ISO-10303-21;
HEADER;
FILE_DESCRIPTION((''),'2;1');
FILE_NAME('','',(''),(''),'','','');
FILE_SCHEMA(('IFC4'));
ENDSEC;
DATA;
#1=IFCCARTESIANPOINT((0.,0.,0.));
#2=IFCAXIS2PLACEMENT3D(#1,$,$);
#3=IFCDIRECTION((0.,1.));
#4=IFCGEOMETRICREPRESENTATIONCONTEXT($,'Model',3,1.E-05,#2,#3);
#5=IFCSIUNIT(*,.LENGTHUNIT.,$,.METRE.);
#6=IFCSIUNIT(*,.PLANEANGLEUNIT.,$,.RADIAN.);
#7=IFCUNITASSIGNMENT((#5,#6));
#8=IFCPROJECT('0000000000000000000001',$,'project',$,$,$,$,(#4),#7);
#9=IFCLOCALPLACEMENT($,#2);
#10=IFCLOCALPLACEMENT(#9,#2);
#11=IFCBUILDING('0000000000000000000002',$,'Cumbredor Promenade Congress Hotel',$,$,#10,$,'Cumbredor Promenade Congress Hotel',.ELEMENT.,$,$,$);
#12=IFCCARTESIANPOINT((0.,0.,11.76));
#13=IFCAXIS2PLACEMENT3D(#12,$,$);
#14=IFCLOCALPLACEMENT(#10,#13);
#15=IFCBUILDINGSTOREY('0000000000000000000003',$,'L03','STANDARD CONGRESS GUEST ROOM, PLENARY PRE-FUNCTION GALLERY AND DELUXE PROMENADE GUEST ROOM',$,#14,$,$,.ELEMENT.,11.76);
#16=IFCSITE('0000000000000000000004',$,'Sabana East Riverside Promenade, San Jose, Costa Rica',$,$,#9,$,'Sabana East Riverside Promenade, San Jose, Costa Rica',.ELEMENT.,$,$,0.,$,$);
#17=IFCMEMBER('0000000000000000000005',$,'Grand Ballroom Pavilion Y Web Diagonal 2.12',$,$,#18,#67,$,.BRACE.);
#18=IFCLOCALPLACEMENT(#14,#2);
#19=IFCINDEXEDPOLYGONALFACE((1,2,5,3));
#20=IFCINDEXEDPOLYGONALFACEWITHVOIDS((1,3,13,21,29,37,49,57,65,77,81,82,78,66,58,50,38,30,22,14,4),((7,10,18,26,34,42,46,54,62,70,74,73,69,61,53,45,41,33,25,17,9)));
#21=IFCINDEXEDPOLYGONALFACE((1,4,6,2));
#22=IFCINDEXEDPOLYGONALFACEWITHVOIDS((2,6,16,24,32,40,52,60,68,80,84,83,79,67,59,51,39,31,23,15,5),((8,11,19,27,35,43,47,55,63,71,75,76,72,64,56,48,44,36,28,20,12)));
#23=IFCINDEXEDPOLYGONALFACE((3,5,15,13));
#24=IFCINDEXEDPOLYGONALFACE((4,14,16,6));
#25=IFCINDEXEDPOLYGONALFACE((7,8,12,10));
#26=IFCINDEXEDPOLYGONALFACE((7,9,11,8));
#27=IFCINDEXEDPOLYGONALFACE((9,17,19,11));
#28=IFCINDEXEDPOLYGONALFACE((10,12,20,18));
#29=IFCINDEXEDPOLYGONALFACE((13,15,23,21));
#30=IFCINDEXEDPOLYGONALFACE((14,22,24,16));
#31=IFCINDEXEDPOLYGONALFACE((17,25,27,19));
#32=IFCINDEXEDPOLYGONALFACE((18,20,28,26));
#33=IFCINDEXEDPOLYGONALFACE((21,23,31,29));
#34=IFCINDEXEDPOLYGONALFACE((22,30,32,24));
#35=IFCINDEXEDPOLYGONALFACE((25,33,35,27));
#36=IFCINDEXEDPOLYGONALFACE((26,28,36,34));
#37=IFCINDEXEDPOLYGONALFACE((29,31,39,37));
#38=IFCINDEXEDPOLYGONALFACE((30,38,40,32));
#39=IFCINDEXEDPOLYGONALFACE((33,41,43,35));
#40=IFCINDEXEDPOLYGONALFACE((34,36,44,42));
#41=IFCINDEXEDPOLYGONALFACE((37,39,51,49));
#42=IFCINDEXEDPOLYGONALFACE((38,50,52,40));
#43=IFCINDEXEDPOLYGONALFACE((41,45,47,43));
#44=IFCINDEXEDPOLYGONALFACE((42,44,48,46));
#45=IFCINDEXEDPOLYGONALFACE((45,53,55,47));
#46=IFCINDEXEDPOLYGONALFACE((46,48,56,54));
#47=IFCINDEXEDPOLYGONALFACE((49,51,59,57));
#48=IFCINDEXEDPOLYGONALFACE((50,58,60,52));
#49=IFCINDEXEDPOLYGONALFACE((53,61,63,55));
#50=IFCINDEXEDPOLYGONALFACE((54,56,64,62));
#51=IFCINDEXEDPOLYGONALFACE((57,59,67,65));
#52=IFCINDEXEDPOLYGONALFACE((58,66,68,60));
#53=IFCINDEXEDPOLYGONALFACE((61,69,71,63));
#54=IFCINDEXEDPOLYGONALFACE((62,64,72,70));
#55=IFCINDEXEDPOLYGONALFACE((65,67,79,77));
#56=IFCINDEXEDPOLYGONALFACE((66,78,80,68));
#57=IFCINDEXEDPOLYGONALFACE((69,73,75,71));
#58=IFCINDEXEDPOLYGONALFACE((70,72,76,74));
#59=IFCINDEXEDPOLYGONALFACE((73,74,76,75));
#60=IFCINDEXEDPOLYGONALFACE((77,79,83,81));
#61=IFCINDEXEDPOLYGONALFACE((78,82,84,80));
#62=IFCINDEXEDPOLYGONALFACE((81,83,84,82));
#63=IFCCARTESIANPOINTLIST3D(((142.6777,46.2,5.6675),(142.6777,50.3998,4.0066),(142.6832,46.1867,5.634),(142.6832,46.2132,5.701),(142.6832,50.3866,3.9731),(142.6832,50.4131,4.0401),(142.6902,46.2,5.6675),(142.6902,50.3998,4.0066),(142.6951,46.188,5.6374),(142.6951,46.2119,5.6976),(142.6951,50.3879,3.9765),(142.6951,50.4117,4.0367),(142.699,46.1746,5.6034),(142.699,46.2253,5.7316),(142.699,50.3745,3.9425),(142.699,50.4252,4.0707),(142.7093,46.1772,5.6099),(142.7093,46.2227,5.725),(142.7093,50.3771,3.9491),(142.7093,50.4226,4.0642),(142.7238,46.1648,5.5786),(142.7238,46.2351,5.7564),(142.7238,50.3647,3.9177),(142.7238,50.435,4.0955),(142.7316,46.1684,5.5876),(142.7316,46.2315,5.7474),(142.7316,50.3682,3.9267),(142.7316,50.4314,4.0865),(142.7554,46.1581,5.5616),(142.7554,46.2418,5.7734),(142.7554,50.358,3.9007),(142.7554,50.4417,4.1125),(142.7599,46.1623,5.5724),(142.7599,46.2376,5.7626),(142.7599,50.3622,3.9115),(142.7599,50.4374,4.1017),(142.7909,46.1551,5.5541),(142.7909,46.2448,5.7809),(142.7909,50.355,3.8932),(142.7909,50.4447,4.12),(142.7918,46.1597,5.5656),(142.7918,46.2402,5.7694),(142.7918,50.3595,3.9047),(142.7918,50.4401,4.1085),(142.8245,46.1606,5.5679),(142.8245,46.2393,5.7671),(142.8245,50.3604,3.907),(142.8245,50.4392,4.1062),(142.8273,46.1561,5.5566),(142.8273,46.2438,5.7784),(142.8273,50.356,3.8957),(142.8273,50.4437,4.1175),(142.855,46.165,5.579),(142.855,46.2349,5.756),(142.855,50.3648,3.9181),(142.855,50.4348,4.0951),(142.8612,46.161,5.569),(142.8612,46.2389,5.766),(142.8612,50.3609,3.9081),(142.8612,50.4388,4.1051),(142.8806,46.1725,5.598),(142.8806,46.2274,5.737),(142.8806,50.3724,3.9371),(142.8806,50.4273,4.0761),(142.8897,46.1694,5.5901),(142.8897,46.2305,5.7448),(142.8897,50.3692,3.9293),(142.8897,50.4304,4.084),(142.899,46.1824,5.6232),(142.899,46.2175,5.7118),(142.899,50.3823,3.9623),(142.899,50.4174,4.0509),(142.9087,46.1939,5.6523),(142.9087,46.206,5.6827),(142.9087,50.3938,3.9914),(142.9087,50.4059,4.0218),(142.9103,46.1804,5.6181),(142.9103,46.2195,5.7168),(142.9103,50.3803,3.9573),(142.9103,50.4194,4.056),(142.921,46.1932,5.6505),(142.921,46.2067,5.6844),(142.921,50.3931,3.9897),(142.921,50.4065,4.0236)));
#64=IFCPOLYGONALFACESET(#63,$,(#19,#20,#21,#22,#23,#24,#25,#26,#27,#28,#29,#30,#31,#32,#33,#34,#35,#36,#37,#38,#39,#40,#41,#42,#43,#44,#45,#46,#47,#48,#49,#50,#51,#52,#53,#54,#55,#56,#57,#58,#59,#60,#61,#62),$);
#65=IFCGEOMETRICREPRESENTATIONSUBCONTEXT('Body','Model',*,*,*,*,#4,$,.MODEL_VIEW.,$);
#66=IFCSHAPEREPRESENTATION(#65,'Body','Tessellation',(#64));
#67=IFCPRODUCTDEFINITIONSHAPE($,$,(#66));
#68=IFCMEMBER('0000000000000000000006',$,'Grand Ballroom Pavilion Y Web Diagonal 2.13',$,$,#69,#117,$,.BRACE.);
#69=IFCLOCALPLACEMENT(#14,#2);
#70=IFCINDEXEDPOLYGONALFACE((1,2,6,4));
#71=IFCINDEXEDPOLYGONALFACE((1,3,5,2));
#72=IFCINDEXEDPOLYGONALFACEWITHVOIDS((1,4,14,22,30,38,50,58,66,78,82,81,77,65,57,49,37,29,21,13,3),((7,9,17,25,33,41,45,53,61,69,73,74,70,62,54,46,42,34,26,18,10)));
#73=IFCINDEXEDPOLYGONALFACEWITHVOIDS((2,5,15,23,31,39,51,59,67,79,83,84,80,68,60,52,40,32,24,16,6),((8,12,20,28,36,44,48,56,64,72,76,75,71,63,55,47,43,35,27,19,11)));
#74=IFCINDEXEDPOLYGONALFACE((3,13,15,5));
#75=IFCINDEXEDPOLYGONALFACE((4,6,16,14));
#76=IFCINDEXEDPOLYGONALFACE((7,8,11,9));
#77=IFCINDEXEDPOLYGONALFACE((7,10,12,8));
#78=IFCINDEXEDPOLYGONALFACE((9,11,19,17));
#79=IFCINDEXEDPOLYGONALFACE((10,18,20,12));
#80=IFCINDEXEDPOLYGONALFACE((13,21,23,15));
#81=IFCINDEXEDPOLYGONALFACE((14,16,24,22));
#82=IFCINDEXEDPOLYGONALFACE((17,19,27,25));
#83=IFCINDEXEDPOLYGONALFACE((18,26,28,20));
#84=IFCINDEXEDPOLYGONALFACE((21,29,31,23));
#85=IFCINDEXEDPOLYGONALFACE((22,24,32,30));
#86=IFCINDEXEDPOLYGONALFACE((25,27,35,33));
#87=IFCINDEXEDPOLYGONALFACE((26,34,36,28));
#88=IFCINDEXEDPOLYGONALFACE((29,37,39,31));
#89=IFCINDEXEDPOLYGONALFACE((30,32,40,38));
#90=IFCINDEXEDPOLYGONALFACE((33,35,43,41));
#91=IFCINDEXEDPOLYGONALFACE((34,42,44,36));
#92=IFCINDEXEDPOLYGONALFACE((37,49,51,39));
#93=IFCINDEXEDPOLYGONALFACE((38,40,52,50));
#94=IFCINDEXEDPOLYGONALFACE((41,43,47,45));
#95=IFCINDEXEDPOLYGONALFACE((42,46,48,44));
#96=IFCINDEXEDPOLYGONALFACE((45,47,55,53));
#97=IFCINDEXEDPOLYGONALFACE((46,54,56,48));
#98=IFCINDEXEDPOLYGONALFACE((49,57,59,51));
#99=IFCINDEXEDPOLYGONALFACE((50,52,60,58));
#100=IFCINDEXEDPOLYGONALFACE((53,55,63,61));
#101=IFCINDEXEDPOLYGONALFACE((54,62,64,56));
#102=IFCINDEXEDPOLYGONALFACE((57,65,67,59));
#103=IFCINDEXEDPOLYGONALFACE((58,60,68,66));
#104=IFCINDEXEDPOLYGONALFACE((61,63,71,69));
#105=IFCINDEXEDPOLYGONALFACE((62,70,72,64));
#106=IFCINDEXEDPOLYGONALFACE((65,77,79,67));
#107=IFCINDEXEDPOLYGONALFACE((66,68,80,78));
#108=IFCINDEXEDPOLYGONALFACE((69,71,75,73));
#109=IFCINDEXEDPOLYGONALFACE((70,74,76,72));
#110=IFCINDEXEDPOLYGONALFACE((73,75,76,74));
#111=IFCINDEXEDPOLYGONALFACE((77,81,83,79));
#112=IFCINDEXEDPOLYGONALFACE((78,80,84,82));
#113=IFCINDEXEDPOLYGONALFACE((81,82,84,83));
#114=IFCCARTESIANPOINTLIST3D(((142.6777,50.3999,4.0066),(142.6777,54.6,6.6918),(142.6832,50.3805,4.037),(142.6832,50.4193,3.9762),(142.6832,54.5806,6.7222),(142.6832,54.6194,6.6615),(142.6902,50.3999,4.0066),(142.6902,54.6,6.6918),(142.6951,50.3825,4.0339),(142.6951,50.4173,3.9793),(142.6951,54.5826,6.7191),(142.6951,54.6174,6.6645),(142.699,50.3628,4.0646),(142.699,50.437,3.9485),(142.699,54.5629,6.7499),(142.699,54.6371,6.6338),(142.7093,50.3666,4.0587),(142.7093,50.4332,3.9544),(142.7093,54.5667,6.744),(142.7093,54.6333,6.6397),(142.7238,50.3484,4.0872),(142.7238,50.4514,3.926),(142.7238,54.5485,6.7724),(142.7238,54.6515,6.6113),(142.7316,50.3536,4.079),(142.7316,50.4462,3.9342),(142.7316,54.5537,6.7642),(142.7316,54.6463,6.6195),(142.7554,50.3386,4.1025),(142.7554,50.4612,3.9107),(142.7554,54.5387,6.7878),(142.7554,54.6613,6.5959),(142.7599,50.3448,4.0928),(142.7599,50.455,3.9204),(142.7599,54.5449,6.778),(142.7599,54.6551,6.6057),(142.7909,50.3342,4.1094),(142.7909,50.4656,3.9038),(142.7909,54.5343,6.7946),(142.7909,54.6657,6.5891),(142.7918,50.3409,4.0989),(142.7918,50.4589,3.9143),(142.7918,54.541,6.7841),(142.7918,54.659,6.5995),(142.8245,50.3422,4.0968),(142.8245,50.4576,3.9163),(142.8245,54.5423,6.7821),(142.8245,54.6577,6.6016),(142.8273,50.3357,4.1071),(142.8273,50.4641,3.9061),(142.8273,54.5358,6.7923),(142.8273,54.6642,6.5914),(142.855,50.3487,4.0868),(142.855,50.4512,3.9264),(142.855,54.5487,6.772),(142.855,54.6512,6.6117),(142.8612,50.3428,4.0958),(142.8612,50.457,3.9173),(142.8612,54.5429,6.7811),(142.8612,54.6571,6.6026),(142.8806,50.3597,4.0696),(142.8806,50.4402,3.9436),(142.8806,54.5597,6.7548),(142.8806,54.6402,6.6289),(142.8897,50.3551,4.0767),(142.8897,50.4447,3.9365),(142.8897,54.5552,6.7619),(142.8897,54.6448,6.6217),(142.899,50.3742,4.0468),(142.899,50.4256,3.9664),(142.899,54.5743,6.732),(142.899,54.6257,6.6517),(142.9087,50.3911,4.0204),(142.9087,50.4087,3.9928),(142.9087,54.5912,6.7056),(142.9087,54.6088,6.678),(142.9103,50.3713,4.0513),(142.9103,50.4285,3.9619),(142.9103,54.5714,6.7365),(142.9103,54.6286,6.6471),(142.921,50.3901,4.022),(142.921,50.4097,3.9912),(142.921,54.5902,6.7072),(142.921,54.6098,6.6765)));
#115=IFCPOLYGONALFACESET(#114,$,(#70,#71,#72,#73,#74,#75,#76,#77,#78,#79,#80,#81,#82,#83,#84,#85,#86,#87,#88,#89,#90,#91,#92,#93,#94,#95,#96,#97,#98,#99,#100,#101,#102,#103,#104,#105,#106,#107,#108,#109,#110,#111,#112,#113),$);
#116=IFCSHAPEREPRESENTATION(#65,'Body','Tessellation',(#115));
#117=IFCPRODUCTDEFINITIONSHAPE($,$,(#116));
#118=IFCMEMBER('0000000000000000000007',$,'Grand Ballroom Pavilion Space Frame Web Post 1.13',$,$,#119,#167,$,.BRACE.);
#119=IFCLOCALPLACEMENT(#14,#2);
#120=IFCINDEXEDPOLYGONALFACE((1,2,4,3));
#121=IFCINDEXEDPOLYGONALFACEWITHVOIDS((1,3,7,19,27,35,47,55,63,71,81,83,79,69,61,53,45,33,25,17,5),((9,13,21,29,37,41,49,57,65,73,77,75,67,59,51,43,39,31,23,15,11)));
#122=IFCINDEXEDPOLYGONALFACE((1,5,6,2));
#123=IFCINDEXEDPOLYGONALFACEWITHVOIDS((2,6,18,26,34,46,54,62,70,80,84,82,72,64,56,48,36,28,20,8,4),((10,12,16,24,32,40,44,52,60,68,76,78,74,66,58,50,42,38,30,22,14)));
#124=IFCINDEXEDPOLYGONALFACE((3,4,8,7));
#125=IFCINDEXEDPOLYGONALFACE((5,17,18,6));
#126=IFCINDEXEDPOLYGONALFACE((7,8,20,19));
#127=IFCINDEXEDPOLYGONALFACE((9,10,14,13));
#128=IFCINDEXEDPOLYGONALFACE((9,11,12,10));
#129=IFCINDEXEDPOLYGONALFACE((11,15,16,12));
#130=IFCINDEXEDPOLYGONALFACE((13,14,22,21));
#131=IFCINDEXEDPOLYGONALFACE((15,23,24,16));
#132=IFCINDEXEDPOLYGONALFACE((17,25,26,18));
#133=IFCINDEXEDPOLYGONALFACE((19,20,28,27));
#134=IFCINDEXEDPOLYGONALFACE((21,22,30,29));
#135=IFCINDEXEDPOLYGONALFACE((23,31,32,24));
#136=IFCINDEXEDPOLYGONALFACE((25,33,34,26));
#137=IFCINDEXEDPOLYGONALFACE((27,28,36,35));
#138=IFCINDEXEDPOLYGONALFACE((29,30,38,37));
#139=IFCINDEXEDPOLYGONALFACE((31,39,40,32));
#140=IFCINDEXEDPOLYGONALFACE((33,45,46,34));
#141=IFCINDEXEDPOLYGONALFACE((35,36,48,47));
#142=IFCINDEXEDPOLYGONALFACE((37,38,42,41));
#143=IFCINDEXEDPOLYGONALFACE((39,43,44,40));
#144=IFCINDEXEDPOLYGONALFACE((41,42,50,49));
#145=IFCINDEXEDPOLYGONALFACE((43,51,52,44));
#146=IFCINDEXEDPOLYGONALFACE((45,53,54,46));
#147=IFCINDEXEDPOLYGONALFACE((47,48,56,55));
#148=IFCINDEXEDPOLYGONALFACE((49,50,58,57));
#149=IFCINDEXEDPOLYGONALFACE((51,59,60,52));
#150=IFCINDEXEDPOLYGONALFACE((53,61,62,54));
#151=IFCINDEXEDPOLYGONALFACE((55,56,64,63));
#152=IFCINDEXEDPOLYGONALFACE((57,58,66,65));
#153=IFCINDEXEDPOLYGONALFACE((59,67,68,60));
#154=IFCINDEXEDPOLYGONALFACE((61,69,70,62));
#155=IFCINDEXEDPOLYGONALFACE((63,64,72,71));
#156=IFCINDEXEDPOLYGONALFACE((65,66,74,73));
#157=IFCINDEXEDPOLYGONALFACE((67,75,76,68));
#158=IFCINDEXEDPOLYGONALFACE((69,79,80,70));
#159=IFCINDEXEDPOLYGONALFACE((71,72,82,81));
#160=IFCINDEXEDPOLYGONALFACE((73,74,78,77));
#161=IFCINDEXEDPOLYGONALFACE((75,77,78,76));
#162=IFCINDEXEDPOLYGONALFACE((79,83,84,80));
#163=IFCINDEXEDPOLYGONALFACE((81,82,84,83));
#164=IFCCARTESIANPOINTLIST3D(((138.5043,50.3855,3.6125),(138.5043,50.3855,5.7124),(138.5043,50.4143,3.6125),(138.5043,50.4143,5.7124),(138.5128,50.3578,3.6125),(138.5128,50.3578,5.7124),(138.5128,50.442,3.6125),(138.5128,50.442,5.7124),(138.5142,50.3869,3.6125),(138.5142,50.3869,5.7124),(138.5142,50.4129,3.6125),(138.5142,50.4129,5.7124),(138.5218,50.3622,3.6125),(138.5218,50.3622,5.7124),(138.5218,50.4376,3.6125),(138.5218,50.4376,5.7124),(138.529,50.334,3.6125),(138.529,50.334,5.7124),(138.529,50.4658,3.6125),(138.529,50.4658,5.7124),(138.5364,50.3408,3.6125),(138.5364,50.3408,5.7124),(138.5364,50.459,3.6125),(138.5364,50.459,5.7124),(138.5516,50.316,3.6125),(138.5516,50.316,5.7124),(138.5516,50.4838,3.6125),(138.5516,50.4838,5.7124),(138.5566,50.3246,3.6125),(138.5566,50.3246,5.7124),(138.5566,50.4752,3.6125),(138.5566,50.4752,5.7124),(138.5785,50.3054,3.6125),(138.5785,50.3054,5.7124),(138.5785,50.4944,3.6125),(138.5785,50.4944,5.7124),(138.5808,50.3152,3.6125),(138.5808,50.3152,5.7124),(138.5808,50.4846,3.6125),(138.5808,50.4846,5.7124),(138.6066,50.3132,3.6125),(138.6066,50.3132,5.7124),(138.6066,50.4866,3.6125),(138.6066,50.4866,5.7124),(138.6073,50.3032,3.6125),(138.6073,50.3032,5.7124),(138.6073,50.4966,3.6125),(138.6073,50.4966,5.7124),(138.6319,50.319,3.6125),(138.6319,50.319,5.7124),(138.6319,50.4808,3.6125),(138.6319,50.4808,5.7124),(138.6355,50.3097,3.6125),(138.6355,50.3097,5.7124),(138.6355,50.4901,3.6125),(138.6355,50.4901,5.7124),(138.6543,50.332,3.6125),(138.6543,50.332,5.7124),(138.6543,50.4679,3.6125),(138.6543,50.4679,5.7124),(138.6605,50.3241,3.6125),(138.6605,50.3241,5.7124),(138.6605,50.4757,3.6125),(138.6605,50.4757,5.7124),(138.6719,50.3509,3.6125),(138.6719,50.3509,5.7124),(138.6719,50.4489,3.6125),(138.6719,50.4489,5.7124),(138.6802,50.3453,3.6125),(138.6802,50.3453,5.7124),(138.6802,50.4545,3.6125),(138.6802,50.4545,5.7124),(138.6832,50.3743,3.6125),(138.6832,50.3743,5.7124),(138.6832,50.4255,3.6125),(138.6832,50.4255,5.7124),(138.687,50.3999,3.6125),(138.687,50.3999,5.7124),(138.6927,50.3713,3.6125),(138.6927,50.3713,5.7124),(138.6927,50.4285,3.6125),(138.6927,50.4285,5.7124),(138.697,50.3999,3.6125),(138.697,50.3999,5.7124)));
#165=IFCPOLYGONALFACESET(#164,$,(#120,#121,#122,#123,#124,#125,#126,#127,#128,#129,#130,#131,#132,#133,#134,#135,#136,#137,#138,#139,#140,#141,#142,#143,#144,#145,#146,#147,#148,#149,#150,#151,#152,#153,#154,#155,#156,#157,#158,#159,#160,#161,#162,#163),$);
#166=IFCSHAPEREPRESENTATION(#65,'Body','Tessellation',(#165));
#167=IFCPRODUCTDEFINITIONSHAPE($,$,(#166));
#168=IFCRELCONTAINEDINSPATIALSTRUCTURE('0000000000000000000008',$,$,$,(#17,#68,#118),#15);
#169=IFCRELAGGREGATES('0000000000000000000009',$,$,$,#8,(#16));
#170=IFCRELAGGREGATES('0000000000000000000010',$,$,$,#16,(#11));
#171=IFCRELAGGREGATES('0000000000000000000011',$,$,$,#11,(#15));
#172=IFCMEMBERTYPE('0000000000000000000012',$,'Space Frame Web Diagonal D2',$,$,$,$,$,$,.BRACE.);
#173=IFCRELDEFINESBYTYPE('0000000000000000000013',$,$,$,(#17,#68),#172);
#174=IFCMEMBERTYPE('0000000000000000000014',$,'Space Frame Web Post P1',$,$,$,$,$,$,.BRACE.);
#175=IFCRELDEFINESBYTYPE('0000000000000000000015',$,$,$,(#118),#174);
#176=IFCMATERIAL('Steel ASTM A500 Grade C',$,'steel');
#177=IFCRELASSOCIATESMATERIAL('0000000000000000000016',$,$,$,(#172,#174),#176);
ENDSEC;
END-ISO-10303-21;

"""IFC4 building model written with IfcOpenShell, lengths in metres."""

from ifc_helpers import new_model, si_unit, direction, frame, origin, origin_2d, place, context, subcontext, project, spatial, hollow_circle, extrude, material, material_profile, profile_set, type_object, element, save


model = new_model("IFC4")

# Units and contexts
model_context = context("Model", 3, precision=1e-05, world=origin(), true_north=direction((0.0, 1.0)))
body_context = subcontext(model_context, "Body", "Model", "MODEL_VIEW")
ifc_project = project(units=[si_unit("LENGTHUNIT", "METRE"), si_unit("PLANEANGLEUNIT", "RADIAN")], contexts=[model_context])

# Site, building, storey
site_placement = place(None, origin())
site = spatial("IfcSite", under=ifc_project, at=site_placement, Name="Sabana East Riverside Promenade, San Jose, Costa Rica", LongName="Sabana East Riverside Promenade, San Jose, Costa Rica", CompositionType="ELEMENT", RefElevation=0.0)
building_placement = place(site_placement, origin())
building = spatial("IfcBuilding", under=site, at=building_placement, Name="Cumbredor Promenade Congress Hotel", LongName="Cumbredor Promenade Congress Hotel", CompositionType="ELEMENT")
storey_placement = place(building_placement, frame((0.0, 0.0, 11.76)))
storey = spatial("IfcBuildingStorey", under=building, at=storey_placement, Name="L03", Description="STANDARD CONGRESS GUEST ROOM, PLENARY PRE-FUNCTION GALLERY AND DELUXE PROMENADE GUEST ROOM", CompositionType="ELEMENT", Elevation=11.76)

# Members
ifc_material_1 = material(Name="Steel ASTM A500 Grade C", Category="steel")
ifc_material_profile_1 = material_profile(ifc_material_1, hollow_circle(Radius=0.1223, WallThickness=0.0125, at=origin_2d()), Name="CHS 244.5x12.5")
ifc_profile_set_1 = profile_set([ifc_material_profile_1], Name="Steel ASTM A500 Grade C")
member_type_1 = type_object("IfcMemberType", Name="Space Frame Web Diagonal D2", PredefinedType="BRACE", material=ifc_profile_set_1)
member_1_placement = place(storey_placement, frame((142.8, 46.2, 5.6675), z_axis=(0.0, 0.929927, -0.367744), x_axis=(-1.0, 0.0, 0.0)))
element("IfcMember", 1, at=member_1_placement, inside=storey, type_object=member_type_1, Name="Grand Ballroom Pavilion Y Web Diagonal 2.12", PredefinedType="BRACE", context=body_context, shape_type="SweptSolid", body=[
    extrude(hollow_circle(Radius=0.1223, WallThickness=0.0125, at=origin_2d()), origin(), (0.0, 0.0, 1.0), 4.5164),
])
member_2_placement = place(storey_placement, frame((142.8, 50.3999, 4.0066), z_axis=(0.0, 0.842528, 0.538652), x_axis=(-1.0, 0.0, 0.0)))
element("IfcMember", 2, at=member_2_placement, inside=storey, type_object=member_type_1, Name="Grand Ballroom Pavilion Y Web Diagonal 2.13", PredefinedType="BRACE", context=body_context, shape_type="SweptSolid", body=[
    extrude(hollow_circle(Radius=0.1223, WallThickness=0.0125, at=origin_2d()), origin(), (0.0, 0.0, 1.0), 4.9851),
])
ifc_material_profile_2 = material_profile(ifc_material_1, hollow_circle(Radius=0.0969, WallThickness=0.01, at=origin_2d()), Name="CHS 193.7x10")
ifc_profile_set_2 = profile_set([ifc_material_profile_2], Name="Steel ASTM A500 Grade C")
member_type_2 = type_object("IfcMemberType", Name="Space Frame Web Post P1", PredefinedType="BRACE", material=ifc_profile_set_2)
for number, where, z_axis, x_axis, name in (
    (3, (138.6001, 50.3999, 3.6125), (0.0, 0.0, 1.0), (1.0, 0.0, 0.0), "Grand Ballroom Pavilion Space Frame Web Post 1.13"),
):
    element("IfcMember", number, at=place(storey_placement, frame(where, z_axis=z_axis, x_axis=x_axis)), inside=storey, type_object=member_type_2, Name=name, PredefinedType="BRACE", context=body_context, shape_type="SweptSolid", body=[
        extrude(hollow_circle(Radius=0.0969, WallThickness=0.01, at=origin_2d()), origin(), (0.0, 0.0, 1.0), 2.0999),
    ])

save(model, "model.ifc")
